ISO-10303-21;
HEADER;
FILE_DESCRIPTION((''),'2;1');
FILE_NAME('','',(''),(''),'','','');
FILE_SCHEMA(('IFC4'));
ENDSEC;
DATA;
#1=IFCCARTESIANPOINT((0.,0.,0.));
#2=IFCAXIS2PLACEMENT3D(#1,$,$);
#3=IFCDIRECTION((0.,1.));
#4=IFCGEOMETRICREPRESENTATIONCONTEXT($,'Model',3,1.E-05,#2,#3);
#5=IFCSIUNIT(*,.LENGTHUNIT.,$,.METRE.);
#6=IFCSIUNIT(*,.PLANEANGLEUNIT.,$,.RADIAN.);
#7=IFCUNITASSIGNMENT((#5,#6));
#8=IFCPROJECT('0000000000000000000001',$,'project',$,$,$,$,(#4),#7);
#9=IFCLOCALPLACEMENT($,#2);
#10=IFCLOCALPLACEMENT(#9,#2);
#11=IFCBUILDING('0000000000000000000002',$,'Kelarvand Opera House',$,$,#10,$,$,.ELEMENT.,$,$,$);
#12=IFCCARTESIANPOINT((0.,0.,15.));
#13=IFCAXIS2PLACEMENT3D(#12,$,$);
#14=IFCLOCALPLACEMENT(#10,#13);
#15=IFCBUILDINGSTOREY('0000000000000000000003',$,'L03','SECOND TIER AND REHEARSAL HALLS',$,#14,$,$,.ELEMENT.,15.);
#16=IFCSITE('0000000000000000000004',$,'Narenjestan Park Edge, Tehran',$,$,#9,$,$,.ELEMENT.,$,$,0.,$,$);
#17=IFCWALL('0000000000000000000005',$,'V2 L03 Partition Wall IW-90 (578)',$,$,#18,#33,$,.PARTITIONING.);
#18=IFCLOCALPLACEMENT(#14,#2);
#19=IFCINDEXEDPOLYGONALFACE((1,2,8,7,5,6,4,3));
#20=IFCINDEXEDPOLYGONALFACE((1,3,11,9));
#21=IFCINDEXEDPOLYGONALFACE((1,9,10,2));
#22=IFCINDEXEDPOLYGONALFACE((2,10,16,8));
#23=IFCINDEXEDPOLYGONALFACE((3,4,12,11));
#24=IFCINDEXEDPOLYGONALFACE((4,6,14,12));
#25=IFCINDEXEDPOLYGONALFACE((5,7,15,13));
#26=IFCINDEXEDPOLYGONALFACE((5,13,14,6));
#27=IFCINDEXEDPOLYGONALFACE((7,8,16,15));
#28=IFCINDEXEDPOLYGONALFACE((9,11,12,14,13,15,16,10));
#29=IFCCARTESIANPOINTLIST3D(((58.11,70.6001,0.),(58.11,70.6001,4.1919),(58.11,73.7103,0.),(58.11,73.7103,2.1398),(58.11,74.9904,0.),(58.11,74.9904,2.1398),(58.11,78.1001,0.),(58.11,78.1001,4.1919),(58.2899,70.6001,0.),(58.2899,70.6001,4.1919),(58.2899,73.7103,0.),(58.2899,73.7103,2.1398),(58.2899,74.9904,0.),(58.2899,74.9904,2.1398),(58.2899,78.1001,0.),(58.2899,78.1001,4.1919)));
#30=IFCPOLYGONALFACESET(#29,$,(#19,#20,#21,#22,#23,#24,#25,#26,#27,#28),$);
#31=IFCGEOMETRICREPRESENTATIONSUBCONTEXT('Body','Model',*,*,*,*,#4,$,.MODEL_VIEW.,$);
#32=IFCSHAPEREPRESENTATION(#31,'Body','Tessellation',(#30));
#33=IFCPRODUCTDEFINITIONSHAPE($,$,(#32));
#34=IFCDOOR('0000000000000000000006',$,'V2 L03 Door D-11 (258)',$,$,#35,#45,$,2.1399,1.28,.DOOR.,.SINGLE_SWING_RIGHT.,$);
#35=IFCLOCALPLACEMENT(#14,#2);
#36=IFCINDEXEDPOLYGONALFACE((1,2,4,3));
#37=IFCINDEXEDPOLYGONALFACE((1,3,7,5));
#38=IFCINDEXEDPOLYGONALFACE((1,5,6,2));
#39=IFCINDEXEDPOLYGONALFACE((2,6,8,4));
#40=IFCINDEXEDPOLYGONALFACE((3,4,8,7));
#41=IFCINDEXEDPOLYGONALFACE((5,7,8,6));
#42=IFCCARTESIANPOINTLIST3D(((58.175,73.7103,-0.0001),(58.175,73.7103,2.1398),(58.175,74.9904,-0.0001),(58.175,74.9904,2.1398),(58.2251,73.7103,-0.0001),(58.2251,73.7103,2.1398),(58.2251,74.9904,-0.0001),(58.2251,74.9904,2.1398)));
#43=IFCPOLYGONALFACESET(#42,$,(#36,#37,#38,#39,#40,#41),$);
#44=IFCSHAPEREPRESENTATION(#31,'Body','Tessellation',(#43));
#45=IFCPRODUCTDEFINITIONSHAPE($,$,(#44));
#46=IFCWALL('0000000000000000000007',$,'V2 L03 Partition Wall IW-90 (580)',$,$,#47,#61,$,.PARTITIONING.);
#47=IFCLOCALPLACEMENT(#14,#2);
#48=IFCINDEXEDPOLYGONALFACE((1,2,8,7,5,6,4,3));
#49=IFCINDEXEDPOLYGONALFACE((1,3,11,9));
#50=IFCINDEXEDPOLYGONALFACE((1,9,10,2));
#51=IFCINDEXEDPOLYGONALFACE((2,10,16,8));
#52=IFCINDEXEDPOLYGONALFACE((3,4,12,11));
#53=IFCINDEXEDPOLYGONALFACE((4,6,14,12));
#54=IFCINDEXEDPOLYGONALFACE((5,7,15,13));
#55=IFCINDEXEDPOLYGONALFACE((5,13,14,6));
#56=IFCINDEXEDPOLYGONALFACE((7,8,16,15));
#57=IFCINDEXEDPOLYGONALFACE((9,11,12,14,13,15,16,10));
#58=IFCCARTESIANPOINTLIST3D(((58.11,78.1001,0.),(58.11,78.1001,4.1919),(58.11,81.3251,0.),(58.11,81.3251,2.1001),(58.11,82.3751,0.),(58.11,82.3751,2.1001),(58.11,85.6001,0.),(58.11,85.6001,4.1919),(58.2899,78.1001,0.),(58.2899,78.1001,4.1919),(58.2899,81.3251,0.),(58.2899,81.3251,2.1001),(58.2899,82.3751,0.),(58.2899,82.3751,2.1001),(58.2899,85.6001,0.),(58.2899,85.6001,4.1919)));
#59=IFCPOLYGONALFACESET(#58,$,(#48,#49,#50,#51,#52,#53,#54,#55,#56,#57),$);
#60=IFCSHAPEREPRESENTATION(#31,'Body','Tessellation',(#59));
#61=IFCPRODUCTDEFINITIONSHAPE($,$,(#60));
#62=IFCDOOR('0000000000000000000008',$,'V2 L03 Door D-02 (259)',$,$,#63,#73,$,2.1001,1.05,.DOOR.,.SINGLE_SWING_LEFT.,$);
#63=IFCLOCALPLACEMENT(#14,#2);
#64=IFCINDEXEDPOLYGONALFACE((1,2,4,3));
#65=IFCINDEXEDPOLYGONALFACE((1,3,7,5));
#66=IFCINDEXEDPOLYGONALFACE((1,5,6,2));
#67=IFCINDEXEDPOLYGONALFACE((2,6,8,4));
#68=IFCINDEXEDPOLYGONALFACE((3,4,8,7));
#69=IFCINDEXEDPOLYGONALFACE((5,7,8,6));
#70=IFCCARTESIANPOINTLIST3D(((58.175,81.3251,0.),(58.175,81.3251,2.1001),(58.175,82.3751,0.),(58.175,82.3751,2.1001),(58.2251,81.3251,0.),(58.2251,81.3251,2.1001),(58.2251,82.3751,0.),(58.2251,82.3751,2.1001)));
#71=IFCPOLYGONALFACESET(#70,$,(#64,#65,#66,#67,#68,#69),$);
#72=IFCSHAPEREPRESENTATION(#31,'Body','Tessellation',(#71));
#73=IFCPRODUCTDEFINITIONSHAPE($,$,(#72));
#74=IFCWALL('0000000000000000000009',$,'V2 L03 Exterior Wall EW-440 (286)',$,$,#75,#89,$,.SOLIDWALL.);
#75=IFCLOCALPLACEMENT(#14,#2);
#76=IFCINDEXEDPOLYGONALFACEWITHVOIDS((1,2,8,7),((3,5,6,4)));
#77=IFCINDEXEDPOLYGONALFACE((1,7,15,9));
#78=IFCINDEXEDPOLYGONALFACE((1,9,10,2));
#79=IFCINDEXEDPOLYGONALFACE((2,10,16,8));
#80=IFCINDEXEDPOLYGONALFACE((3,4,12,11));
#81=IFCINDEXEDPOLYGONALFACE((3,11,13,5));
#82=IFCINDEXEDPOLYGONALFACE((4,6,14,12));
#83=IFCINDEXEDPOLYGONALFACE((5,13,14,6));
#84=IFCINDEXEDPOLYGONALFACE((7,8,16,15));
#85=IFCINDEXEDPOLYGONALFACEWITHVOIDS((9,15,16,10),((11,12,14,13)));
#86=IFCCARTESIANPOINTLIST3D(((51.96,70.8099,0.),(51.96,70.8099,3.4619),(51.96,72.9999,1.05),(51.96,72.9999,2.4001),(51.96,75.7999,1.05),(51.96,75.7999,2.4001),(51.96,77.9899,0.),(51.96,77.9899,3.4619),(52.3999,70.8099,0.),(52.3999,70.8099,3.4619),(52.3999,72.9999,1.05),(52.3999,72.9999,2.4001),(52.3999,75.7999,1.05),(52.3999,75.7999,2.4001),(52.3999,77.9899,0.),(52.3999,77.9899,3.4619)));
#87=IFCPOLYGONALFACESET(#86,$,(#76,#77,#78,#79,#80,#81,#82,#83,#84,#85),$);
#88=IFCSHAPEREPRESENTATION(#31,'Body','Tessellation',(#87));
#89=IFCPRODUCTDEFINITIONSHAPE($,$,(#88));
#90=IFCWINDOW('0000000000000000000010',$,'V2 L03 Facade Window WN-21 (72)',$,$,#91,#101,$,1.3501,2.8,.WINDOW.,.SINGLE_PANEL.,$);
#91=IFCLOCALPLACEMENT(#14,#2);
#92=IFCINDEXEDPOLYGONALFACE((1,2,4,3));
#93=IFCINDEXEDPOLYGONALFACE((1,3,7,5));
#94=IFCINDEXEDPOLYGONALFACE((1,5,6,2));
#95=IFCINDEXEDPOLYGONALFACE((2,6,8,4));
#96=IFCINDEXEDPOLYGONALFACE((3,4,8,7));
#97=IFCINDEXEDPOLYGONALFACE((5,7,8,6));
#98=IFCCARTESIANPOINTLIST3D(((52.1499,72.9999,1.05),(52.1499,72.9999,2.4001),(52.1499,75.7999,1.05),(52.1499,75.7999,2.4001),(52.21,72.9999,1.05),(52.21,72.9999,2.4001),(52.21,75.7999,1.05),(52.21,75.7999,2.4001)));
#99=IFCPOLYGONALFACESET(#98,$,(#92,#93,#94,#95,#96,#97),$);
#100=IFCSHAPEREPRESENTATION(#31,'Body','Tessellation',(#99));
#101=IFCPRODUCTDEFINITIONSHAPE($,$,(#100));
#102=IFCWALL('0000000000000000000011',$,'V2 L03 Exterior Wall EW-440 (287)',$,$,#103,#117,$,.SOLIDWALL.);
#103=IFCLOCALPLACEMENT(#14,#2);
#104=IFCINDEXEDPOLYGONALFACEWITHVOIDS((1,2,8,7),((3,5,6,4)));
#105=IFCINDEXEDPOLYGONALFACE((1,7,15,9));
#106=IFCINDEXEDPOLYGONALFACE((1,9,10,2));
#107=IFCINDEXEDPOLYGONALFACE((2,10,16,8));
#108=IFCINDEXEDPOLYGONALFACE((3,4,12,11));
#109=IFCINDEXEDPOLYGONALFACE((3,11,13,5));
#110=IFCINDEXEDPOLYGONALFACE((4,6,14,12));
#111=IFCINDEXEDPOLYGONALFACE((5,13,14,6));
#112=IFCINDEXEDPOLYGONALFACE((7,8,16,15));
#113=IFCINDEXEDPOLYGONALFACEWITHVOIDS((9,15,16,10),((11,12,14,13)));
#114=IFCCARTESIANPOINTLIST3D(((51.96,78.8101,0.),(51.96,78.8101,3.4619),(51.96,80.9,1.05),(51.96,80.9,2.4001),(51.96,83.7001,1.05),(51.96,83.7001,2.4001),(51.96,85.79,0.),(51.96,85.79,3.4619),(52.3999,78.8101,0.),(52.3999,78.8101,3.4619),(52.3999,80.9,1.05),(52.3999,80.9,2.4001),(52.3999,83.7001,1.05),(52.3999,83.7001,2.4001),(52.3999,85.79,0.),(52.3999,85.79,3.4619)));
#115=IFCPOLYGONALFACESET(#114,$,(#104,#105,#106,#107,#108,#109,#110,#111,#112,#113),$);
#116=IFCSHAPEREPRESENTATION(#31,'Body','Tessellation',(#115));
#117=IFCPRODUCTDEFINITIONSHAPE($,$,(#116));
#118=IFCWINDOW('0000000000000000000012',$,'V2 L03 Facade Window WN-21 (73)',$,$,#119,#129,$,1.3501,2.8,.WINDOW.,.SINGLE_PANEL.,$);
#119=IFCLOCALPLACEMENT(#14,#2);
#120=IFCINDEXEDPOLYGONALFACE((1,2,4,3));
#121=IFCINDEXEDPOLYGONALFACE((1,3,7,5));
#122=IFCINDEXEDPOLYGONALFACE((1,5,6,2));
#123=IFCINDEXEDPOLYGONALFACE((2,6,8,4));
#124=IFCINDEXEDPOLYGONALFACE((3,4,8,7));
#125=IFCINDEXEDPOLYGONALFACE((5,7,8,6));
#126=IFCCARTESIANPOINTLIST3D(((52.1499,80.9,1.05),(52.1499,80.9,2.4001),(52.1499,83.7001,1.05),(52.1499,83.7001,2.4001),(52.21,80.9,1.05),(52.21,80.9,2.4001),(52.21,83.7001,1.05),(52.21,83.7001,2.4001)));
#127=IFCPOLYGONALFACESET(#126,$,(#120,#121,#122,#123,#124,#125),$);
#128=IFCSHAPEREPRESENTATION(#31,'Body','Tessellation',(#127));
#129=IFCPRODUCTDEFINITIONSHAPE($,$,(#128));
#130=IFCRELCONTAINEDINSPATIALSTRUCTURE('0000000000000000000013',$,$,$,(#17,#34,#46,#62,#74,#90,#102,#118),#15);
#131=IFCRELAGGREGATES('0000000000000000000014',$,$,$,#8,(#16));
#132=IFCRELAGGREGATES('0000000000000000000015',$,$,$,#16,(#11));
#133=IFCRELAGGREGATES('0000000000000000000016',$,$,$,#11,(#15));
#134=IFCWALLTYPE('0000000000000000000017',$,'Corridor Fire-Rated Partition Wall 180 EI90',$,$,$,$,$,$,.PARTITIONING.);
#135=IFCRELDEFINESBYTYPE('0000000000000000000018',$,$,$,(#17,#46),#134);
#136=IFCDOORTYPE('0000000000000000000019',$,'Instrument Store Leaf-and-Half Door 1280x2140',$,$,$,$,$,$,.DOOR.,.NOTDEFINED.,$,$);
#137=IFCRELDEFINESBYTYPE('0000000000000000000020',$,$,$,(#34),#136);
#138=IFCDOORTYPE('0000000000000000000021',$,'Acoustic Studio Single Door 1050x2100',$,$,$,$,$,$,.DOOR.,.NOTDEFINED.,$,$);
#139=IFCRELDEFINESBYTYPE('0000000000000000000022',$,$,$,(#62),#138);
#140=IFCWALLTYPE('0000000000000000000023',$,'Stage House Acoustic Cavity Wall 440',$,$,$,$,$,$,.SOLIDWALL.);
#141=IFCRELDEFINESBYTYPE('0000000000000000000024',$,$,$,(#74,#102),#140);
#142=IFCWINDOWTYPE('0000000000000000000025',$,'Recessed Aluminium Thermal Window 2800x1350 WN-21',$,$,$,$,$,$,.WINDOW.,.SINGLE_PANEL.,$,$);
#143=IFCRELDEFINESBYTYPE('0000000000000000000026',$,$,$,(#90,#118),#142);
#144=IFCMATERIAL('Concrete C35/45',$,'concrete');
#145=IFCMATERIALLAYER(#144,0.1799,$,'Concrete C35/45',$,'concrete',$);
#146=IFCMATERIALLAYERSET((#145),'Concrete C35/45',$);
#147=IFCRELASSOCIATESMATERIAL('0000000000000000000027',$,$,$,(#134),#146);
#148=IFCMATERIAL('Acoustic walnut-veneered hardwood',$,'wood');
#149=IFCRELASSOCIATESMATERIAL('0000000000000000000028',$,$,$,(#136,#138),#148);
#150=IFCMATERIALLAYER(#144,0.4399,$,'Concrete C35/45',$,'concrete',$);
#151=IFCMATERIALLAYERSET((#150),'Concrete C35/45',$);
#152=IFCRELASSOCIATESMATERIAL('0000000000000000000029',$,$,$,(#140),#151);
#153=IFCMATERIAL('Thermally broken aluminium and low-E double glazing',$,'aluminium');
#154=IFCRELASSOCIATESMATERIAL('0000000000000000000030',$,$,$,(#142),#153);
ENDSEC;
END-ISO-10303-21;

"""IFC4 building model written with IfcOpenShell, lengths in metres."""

from ifc_helpers import new_model, si_unit, direction, frame, frame_2d, origin, place, context, subcontext, project, spatial, rectangle, extrude, material, layer, layer_set, type_object, element, fill, save


model = new_model("IFC4")

# Units and contexts
model_context = context("Model", 3, precision=1e-05, world=origin(), true_north=direction((0.0, 1.0)))
body_context = subcontext(model_context, "Body", "Model", "MODEL_VIEW")
ifc_project = project(units=[si_unit("LENGTHUNIT", "METRE"), si_unit("PLANEANGLEUNIT", "RADIAN")], contexts=[model_context])

# Site, building, storey
site_placement = place(None, origin())
site = spatial("IfcSite", under=ifc_project, at=site_placement, Name="Narenjestan Park Edge, Tehran", CompositionType="ELEMENT", RefElevation=0.0)
building_placement = place(site_placement, origin())
building = spatial("IfcBuilding", under=site, at=building_placement, Name="Kelarvand Opera House", CompositionType="ELEMENT")
storey_placement = place(building_placement, frame((0.0, 0.0, 15.0)))
storey = spatial("IfcBuildingStorey", under=building, at=storey_placement, Name="L03", Description="SECOND TIER AND REHEARSAL HALLS", CompositionType="ELEMENT", Elevation=15.0)

# Walls, openings, doors
ifc_material_1 = material(Name="Concrete C35/45", Category="concrete")
ifc_layer_1 = layer(ifc_material_1, 0.1799, Name="Concrete C35/45", Category="concrete")
ifc_layer_set_1 = layer_set([ifc_layer_1], Name="Concrete C35/45")
wall_type_1 = type_object("IfcWallType", Name="Corridor Fire-Rated Partition Wall 180 EI90", PredefinedType="PARTITIONING", material=ifc_layer_set_1)
wall_1_placement = place(storey_placement, frame((58.2, 70.6001, 0.0), z_axis=(0.0, 0.0, 1.0), x_axis=(0.0, 1.0, 0.0)))
wall_1 = element("IfcWall", 1, at=wall_1_placement, inside=storey, type_object=wall_type_1, Name="V2 L03 Partition Wall IW-90 (578)", PredefinedType="PARTITIONING", context=body_context, shape_type="SweptSolid", body=[
    extrude(rectangle(XDim=7.5, YDim=0.1799, at=frame_2d((3.75, 0.0))), origin(), (0.0, 0.0, 1.0), 4.1919),
])
opening_1_placement = place(wall_1_placement, frame((3.1101, 0.0, 0.0)))
opening_1 = element("IfcOpeningElement", 2, at=opening_1_placement, cuts=wall_1, PredefinedType="OPENING", context=body_context, shape_type="SweptSolid", body=[
    extrude(rectangle(XDim=1.28, YDim=2.1399, at=frame_2d((0.6401, 1.0698))), frame((0.0, 0.1001, 0.0), z_axis=(0.0, -1.0, 0.0), x_axis=(1.0, 0.0, 0.0)), (0.0, 0.0, 1.0), 0.2),
])
ifc_material_2 = material(Name="Acoustic walnut-veneered hardwood", Category="wood")
door_type_1 = type_object("IfcDoorType", Name="Instrument Store Leaf-and-Half Door 1280x2140", OperationType="NOTDEFINED", PredefinedType="DOOR", material=ifc_material_2)
door_1_placement = place(opening_1_placement, origin())
door_1 = element("IfcDoor", 3, at=door_1_placement, inside=storey, type_object=door_type_1, Name="V2 L03 Door D-11 (258)", OperationType="SINGLE_SWING_RIGHT", OverallHeight=2.1399, OverallWidth=1.28, PredefinedType="DOOR", context=body_context, shape_type="SweptSolid", body=[
    extrude(rectangle(XDim=1.28, YDim=2.1399, at=frame_2d((0.6401, 1.0698))), frame((0.0, 0.0249, 0.0), z_axis=(0.0, -1.0, 0.0), x_axis=(1.0, 0.0, 0.0)), (0.0, 0.0, 1.0), 0.05),
])
fill(opening_1, door_1)
wall_2_placement = place(storey_placement, frame((58.2, 78.1001, 0.0), z_axis=(0.0, 0.0, 1.0), x_axis=(0.0, 1.0, 0.0)))
wall_2 = element("IfcWall", 4, at=wall_2_placement, inside=storey, type_object=wall_type_1, Name="V2 L03 Partition Wall IW-90 (580)", PredefinedType="PARTITIONING", context=body_context, shape_type="SweptSolid", body=[
    extrude(rectangle(XDim=7.5, YDim=0.1799, at=frame_2d((3.75, 0.0))), origin(), (0.0, 0.0, 1.0), 4.1919),
])
opening_2_placement = place(wall_2_placement, frame((3.2251, 0.0, 0.0)))
opening_2 = element("IfcOpeningElement", 5, at=opening_2_placement, cuts=wall_2, PredefinedType="OPENING", context=body_context, shape_type="SweptSolid", body=[
    extrude(rectangle(XDim=1.05, YDim=2.1001, at=frame_2d((0.5249, 1.05))), frame((0.0, 0.1001, 0.0), z_axis=(0.0, -1.0, 0.0), x_axis=(1.0, 0.0, 0.0)), (0.0, 0.0, 1.0), 0.2),
])
door_type_2 = type_object("IfcDoorType", Name="Acoustic Studio Single Door 1050x2100", OperationType="NOTDEFINED", PredefinedType="DOOR", material=ifc_material_2)
door_2_placement = place(opening_2_placement, origin())
door_2 = element("IfcDoor", 6, at=door_2_placement, inside=storey, type_object=door_type_2, Name="V2 L03 Door D-02 (259)", OperationType="SINGLE_SWING_LEFT", OverallHeight=2.1001, OverallWidth=1.05, PredefinedType="DOOR", context=body_context, shape_type="SweptSolid", body=[
    extrude(rectangle(XDim=1.05, YDim=2.1001, at=frame_2d((0.5249, 1.05))), frame((0.0, 0.0249, 0.0), z_axis=(0.0, -1.0, 0.0), x_axis=(1.0, 0.0, 0.0)), (0.0, 0.0, 1.0), 0.05),
])
fill(opening_2, door_2)

# Walls, openings, windows
ifc_layer_2 = layer(ifc_material_1, 0.4399, Name="Concrete C35/45", Category="concrete")
ifc_layer_set_2 = layer_set([ifc_layer_2], Name="Concrete C35/45")
wall_type_2 = type_object("IfcWallType", Name="Stage House Acoustic Cavity Wall 440", PredefinedType="SOLIDWALL", material=ifc_layer_set_2)
wall_3_placement = place(storey_placement, frame((52.1799, 70.8101, 0.0), z_axis=(0.0, 0.0, 1.0), x_axis=(0.0, 1.0, 0.0)))
wall_3 = element("IfcWall", 7, at=wall_3_placement, inside=storey, type_object=wall_type_2, Name="V2 L03 Exterior Wall EW-440 (286)", PredefinedType="SOLIDWALL", context=body_context, shape_type="SweptSolid", body=[
    extrude(rectangle(XDim=7.1799, YDim=0.4399, at=frame_2d((3.5898, 0.0))), origin(), (0.0, 0.0, 1.0), 3.4619),
])
opening_3_placement = place(wall_3_placement, frame((2.1899, 0.0, 1.05)))
opening_3 = element("IfcOpeningElement", 8, at=opening_3_placement, cuts=wall_3, PredefinedType="OPENING", context=body_context, shape_type="SweptSolid", body=[
    extrude(rectangle(XDim=2.8, YDim=1.3501, at=frame_2d((1.3999, 0.675))), frame((0.0, 0.23, 0.0), z_axis=(0.0, -1.0, 0.0), x_axis=(1.0, 0.0, 0.0)), (0.0, 0.0, 1.0), 0.46),
])
ifc_material_3 = material(Name="Thermally broken aluminium and low-E double glazing", Category="aluminium")
window_type_1 = type_object("IfcWindowType", Name="Recessed Aluminium Thermal Window 2800x1350 WN-21", PartitioningType="SINGLE_PANEL", PredefinedType="WINDOW", material=ifc_material_3)
window_1_placement = place(opening_3_placement, origin())
window_1 = element("IfcWindow", 9, at=window_1_placement, inside=storey, type_object=window_type_1, Name="V2 L03 Facade Window WN-21 (72)", OverallHeight=1.3501, OverallWidth=2.8, PartitioningType="SINGLE_PANEL", PredefinedType="WINDOW", context=body_context, shape_type="SweptSolid", body=[
    extrude(rectangle(XDim=2.8, YDim=1.3501, at=frame_2d((1.3999, 0.675))), frame((0.0, 0.03, 0.0), z_axis=(0.0, -1.0, 0.0), x_axis=(1.0, 0.0, 0.0)), (0.0, 0.0, 1.0), 0.0601),
])
fill(opening_3, window_1)
wall_4_placement = place(storey_placement, frame((52.1799, 78.8101, 0.0), z_axis=(0.0, 0.0, 1.0), x_axis=(0.0, 1.0, 0.0)))
wall_4 = element("IfcWall", 10, at=wall_4_placement, inside=storey, type_object=wall_type_2, Name="V2 L03 Exterior Wall EW-440 (287)", PredefinedType="SOLIDWALL", context=body_context, shape_type="SweptSolid", body=[
    extrude(rectangle(XDim=6.98, YDim=0.4399, at=frame_2d((3.49, 0.0))), origin(), (0.0, 0.0, 1.0), 3.4619),
])
opening_4_placement = place(wall_4_placement, frame((2.0901, 0.0, 1.05)))
opening_4 = element("IfcOpeningElement", 11, at=opening_4_placement, cuts=wall_4, PredefinedType="OPENING", context=body_context, shape_type="SweptSolid", body=[
    extrude(rectangle(XDim=2.8, YDim=1.3501, at=frame_2d((1.3999, 0.675))), frame((0.0, 0.23, 0.0), z_axis=(0.0, -1.0, 0.0), x_axis=(1.0, 0.0, 0.0)), (0.0, 0.0, 1.0), 0.46),
])
window_2_placement = place(opening_4_placement, origin())
window_2 = element("IfcWindow", 12, at=window_2_placement, inside=storey, type_object=window_type_1, Name="V2 L03 Facade Window WN-21 (73)", OverallHeight=1.3501, OverallWidth=2.8, PartitioningType="SINGLE_PANEL", PredefinedType="WINDOW", context=body_context, shape_type="SweptSolid", body=[
    extrude(rectangle(XDim=2.8, YDim=1.3501, at=frame_2d((1.3999, 0.675))), frame((0.0, 0.03, 0.0), z_axis=(0.0, -1.0, 0.0), x_axis=(1.0, 0.0, 0.0)), (0.0, 0.0, 1.0), 0.0601),
])
fill(opening_4, window_2)

save(model, "model.ifc")
